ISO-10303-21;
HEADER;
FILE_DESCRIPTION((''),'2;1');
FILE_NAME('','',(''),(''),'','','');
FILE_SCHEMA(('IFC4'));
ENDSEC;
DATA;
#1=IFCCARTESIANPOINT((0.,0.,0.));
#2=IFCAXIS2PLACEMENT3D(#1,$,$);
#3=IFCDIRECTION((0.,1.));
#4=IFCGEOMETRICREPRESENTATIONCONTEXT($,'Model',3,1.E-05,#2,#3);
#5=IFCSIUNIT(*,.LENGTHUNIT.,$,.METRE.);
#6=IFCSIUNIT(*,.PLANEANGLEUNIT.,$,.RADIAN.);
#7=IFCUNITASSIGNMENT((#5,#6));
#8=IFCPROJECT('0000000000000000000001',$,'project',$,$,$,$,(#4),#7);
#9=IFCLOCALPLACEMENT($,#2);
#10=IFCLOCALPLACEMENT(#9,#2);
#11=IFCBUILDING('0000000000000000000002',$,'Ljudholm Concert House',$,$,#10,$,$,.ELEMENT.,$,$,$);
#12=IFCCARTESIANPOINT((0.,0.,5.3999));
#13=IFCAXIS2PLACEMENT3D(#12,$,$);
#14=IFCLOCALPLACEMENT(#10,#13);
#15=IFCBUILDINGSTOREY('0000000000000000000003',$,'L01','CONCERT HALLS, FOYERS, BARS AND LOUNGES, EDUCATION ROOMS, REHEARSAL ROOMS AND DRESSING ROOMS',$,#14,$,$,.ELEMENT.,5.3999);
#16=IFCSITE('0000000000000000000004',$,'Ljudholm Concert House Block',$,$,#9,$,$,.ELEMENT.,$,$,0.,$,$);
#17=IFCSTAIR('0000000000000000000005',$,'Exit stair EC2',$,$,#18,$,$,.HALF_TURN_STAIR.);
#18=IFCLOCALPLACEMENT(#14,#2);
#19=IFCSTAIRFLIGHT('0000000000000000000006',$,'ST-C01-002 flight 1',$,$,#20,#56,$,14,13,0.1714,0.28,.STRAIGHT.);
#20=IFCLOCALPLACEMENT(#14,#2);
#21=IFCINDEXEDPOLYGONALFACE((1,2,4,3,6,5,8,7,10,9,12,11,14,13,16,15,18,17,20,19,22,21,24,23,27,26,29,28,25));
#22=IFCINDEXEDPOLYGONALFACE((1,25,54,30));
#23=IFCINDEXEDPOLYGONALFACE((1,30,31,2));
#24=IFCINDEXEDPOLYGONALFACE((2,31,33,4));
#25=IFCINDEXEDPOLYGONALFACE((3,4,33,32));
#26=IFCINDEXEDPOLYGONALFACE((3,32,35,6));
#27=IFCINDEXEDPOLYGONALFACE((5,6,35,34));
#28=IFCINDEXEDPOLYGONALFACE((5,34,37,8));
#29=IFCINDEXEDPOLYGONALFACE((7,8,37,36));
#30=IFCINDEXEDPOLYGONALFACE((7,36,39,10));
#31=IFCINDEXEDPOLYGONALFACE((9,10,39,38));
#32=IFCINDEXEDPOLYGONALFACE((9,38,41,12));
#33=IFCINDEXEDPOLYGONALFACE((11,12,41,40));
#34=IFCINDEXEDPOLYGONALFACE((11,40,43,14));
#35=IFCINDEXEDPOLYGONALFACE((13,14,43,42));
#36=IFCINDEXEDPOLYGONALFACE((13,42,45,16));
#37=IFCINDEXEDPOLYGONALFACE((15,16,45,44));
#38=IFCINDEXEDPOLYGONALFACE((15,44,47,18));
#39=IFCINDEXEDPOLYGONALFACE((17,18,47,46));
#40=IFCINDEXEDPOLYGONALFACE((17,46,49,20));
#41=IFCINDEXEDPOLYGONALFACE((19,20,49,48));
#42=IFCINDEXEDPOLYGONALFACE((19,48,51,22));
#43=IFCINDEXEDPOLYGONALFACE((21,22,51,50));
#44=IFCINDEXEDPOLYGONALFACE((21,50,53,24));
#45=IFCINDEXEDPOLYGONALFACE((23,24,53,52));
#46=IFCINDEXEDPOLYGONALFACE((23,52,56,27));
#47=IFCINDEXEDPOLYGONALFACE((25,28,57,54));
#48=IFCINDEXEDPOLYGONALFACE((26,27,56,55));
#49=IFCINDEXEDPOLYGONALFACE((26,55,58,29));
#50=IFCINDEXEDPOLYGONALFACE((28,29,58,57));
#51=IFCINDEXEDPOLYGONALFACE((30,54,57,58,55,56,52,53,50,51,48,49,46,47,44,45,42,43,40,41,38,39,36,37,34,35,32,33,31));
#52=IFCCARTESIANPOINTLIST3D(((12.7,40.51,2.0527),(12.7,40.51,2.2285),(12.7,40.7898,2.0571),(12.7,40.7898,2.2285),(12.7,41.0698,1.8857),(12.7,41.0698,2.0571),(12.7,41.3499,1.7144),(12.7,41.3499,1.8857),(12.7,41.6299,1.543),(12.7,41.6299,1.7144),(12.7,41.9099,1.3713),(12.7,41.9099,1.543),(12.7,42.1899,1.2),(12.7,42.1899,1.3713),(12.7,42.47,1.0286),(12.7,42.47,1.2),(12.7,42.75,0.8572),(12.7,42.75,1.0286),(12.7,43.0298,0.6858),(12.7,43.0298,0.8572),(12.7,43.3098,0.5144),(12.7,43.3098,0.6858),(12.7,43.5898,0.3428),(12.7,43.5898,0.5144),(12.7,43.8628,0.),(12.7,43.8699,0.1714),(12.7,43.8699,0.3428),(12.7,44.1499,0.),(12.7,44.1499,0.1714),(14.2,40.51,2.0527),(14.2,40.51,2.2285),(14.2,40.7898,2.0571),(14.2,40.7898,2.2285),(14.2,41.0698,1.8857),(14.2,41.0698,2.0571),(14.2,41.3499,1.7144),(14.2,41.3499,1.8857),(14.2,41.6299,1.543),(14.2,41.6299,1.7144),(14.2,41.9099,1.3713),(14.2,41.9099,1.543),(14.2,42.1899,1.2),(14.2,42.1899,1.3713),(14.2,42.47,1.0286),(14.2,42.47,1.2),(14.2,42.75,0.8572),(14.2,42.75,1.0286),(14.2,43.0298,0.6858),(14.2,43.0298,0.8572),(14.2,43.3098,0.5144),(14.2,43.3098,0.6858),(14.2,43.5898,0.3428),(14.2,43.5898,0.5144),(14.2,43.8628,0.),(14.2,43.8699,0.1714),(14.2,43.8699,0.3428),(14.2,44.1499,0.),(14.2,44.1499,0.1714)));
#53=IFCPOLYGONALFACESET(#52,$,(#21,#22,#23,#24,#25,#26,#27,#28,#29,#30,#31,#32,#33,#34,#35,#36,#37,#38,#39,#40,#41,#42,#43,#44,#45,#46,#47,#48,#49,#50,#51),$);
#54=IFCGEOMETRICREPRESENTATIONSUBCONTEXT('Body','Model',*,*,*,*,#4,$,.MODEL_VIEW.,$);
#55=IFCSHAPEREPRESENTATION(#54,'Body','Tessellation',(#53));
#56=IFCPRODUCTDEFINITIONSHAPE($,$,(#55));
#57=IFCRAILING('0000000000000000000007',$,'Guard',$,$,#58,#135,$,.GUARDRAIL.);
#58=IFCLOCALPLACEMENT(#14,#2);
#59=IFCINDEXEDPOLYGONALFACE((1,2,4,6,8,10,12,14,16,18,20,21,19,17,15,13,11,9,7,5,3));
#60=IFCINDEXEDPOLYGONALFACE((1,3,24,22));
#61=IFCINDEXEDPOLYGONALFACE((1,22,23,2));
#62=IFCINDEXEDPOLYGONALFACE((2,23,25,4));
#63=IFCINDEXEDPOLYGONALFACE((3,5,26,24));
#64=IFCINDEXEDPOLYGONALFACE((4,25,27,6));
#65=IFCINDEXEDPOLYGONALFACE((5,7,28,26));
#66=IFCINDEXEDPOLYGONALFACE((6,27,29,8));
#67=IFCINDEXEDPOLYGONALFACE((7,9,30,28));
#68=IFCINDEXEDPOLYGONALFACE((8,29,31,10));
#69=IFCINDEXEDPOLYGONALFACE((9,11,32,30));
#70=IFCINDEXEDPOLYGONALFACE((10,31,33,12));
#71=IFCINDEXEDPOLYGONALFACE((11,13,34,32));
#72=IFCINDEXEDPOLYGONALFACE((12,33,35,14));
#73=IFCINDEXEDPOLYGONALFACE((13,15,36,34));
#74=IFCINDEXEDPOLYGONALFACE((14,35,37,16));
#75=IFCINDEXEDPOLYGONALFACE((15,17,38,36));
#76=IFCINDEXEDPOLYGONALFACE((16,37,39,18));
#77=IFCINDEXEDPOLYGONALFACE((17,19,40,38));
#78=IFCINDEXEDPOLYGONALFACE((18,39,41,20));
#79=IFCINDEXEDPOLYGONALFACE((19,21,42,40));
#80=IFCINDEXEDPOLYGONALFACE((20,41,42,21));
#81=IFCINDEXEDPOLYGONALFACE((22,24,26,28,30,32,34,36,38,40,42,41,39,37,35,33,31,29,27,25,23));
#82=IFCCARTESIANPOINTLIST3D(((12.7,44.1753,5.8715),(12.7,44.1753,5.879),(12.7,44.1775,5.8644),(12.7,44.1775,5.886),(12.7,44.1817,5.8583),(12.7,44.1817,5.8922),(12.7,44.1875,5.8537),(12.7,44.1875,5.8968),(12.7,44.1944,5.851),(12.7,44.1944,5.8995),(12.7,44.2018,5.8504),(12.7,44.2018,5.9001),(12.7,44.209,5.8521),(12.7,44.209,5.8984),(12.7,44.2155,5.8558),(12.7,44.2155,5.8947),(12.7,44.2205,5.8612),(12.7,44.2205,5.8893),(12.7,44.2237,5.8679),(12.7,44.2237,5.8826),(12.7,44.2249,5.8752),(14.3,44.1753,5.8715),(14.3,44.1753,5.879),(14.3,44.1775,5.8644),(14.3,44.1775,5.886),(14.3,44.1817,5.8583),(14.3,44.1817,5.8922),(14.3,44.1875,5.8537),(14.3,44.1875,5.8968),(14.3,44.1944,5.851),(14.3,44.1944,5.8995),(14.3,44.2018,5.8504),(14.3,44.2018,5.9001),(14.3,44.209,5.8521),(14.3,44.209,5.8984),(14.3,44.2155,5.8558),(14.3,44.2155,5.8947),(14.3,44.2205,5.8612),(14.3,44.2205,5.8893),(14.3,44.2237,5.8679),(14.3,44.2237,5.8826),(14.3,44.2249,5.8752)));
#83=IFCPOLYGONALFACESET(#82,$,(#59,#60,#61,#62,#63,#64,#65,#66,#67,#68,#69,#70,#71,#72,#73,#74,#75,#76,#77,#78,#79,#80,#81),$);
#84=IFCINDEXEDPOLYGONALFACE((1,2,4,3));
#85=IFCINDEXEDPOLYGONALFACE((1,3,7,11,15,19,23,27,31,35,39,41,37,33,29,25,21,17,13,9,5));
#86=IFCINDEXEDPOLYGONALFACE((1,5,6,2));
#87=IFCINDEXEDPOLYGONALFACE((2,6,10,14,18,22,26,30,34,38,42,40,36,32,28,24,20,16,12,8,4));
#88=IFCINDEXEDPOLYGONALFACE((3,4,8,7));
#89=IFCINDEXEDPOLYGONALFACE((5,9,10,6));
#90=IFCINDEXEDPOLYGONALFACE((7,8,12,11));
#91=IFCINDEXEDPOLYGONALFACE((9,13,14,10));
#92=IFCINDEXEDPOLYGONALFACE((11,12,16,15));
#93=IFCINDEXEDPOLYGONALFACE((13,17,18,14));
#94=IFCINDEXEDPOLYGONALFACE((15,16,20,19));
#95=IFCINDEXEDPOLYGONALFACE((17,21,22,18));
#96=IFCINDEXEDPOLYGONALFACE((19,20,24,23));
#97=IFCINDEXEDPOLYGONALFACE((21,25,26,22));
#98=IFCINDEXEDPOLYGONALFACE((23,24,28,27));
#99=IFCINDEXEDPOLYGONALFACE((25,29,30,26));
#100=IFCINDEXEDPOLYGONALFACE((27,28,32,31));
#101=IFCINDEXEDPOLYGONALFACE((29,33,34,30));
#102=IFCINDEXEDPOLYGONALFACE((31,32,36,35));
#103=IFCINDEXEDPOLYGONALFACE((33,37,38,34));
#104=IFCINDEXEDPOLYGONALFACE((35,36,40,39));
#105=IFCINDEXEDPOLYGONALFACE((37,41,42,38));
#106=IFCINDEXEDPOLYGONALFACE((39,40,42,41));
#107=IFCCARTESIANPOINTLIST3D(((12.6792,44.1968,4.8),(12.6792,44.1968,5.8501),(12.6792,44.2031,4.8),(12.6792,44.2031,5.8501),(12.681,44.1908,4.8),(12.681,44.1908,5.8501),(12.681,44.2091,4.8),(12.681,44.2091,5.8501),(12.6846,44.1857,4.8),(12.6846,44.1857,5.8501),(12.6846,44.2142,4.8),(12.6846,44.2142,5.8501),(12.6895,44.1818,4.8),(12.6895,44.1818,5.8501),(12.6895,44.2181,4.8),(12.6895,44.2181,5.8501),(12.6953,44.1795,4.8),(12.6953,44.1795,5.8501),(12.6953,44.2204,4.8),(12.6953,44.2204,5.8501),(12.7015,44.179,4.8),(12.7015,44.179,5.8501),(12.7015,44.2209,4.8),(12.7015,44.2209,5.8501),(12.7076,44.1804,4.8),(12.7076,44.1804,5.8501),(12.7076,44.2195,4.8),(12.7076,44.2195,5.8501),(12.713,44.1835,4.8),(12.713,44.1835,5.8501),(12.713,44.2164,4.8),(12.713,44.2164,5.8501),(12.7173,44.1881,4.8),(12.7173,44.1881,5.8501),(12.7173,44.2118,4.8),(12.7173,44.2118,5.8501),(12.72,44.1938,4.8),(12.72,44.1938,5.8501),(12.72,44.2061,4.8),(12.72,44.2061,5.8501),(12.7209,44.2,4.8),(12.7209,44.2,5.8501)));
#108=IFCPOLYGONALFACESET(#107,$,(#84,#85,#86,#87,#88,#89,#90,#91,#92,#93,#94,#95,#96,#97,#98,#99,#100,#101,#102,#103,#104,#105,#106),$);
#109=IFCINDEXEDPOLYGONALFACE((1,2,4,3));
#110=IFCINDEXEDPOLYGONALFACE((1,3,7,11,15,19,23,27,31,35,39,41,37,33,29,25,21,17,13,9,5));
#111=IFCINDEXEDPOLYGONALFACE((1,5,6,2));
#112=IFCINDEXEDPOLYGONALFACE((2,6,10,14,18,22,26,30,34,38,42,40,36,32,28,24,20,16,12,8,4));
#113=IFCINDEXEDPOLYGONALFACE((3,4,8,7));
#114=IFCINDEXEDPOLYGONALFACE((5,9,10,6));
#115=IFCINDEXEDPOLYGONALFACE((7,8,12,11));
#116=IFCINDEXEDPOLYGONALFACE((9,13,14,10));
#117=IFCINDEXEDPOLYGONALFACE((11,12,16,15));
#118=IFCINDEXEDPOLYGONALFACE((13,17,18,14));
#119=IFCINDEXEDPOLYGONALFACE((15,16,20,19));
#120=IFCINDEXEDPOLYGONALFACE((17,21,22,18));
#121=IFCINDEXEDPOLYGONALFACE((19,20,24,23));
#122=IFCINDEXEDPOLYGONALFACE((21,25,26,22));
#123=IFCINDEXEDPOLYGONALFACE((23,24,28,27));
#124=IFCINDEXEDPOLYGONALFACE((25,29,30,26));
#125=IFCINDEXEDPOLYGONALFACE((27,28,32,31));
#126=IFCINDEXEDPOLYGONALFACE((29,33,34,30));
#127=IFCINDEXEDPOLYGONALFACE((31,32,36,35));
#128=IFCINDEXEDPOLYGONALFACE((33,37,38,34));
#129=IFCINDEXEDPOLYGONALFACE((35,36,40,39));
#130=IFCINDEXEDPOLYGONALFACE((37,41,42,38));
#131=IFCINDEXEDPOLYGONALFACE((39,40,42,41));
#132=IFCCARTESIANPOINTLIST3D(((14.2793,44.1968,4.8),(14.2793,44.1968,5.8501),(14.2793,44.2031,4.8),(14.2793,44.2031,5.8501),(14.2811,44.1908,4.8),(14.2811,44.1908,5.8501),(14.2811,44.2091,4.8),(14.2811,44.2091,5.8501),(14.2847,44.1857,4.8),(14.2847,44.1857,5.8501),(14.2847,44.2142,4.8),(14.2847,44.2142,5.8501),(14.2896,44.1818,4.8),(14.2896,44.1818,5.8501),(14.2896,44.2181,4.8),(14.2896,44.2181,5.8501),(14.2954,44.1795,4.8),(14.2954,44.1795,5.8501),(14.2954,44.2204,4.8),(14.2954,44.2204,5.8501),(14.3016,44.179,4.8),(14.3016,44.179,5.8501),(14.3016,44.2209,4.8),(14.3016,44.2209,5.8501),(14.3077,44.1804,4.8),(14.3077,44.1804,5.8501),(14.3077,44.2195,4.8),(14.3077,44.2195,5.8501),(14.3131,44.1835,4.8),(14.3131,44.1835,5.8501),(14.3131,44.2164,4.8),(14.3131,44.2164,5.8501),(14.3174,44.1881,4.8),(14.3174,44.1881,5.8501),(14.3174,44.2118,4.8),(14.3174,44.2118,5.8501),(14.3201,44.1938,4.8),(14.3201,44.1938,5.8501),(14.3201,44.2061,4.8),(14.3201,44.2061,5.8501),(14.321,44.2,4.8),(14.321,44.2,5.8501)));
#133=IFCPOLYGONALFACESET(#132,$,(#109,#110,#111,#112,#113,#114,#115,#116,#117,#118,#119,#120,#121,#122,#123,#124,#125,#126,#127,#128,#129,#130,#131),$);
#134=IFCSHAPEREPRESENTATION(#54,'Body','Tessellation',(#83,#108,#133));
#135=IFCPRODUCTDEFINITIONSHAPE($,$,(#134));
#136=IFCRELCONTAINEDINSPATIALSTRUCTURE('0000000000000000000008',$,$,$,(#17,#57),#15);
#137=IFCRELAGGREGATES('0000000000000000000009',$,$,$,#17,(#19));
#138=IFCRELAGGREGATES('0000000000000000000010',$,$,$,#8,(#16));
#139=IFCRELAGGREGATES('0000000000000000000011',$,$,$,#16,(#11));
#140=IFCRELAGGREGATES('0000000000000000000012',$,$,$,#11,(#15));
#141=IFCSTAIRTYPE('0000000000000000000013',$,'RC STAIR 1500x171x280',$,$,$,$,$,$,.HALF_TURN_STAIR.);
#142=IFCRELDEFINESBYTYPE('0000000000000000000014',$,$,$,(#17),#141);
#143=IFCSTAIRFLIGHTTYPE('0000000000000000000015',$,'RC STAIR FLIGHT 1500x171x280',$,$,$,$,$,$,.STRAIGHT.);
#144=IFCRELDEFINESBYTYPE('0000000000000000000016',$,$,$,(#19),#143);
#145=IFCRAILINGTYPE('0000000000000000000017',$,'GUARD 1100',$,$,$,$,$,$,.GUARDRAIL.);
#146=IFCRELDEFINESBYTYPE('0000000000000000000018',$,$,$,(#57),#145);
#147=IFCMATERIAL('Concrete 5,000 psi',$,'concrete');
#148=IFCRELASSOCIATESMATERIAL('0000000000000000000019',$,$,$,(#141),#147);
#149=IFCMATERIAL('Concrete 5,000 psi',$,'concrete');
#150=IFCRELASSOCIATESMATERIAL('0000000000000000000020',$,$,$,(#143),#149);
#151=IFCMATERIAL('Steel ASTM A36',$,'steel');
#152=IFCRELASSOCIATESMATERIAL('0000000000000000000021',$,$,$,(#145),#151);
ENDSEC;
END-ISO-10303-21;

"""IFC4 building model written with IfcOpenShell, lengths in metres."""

from ifc_helpers import new_model, si_unit, direction, frame, origin, origin_2d, place, context, subcontext, project, spatial, polyline, circle, outline, extrude, material, type_object, element, aggregate, save


model = new_model("IFC4")

# Units and contexts
model_context = context("Model", 3, precision=1e-05, world=origin(), true_north=direction((0.0, 1.0)))
body_context = subcontext(model_context, "Body", "Model", "MODEL_VIEW")
ifc_project = project(units=[si_unit("LENGTHUNIT", "METRE"), si_unit("PLANEANGLEUNIT", "RADIAN")], contexts=[model_context])

# Site, building, storey
site_placement = place(None, origin())
site = spatial("IfcSite", under=ifc_project, at=site_placement, Name="Ljudholm Concert House Block", CompositionType="ELEMENT", RefElevation=0.0)
building_placement = place(site_placement, origin())
building = spatial("IfcBuilding", under=site, at=building_placement, Name="Ljudholm Concert House", CompositionType="ELEMENT")
storey_placement = place(building_placement, frame((0.0, 0.0, 5.3999)))
storey = spatial("IfcBuildingStorey", under=building, at=storey_placement, Name="L01", Description="CONCERT HALLS, FOYERS, BARS AND LOUNGES, EDUCATION ROOMS, REHEARSAL ROOMS AND DRESSING ROOMS", CompositionType="ELEMENT", Elevation=5.3999)

# Stair, stair flight
ifc_material_1 = material(Name="Concrete 5,000 psi", Category="concrete")
stair_type = type_object("IfcStairType", Name="RC STAIR 1500x171x280", PredefinedType="HALF_TURN_STAIR", material=ifc_material_1)
stair_placement = place(storey_placement, origin())
stair = element("IfcStair", 1, at=stair_placement, inside=storey, type_object=stair_type, Name="Exit stair EC2", PredefinedType="HALF_TURN_STAIR")
ifc_material_2 = material(Name="Concrete 5,000 psi", Category="concrete")
stair_flight_type = type_object("IfcStairFlightType", Name="RC STAIR FLIGHT 1500x171x280", PredefinedType="STRAIGHT", material=ifc_material_2)
stair_flight_placement = place(storey_placement, frame((13.45, 44.1499, 0.0), z_axis=(0.0, 0.0, 1.0), x_axis=(0.0, -1.0, 0.0)))
stair_flight = element("IfcStairFlight", 2, at=stair_flight_placement, type_object=stair_flight_type, Name="ST-C01-002 flight 1", NumberOfRisers=14, NumberOfTreads=13, PredefinedType="STRAIGHT", RiserHeight=0.1714, TreadLength=0.28, context=body_context, shape_type="SweptSolid", body=[
    extrude(outline(polyline([(0.0, 0.0), (0.0, 0.1714), (0.28, 0.1714), (0.28, 0.3428), (0.5601, 0.3428), (0.5601, 0.5144), (0.8401, 0.5144), (0.8401, 0.6858), (1.1201, 0.6858), (1.1201, 0.8572), (1.3999, 0.8572), (1.3999, 1.0286), (1.6799, 1.0286), (1.6799, 1.2), (1.96, 1.2), (1.96, 1.3713), (2.24, 1.3713), (2.24, 1.543), (2.52, 1.543), (2.52, 1.7144), (2.8, 1.7144), (2.8, 1.8857), (3.0801, 1.8857), (3.0801, 2.0571), (3.3601, 2.0571), (3.3601, 2.2285), (3.6399, 2.2285), (3.6399, 2.3999), (3.6399, 2.0527), (0.2871, 0.0), (0.0, 0.0)])), frame((0.0, 0.75, 0.0), z_axis=(0.0, -1.0, 0.0), x_axis=(1.0, 0.0, 0.0)), (0.0, 0.0, 1.0), 1.5),
])
aggregate(stair, [stair_flight])

# Railing
ifc_material_3 = material(Name="Steel ASTM A36", Category="steel")
railing_type_1 = type_object("IfcRailingType", Name="GUARD 1100", PredefinedType="GUARDRAIL", material=ifc_material_3)
railing_1_placement = place(storey_placement, frame((12.7, 44.2, 4.8)))
element("IfcRailing", 3, at=railing_1_placement, inside=storey, type_object=railing_type_1, Name="Guard", PredefinedType="GUARDRAIL", context=body_context, shape_type="SweptSolid", body=[
    extrude(circle(Radius=0.0249, at=origin_2d()), frame((0.0, 0.0, 1.0752), z_axis=(1.0, 0.0, 0.0), x_axis=(0.0, 1.0, 0.0)), (0.0, 0.0, 1.0), 1.6001),
    extrude(circle(Radius=0.021, at=origin_2d()), origin(), (0.0, 0.0, 1.0), 1.05),
    extrude(circle(Radius=0.021, at=origin_2d()), frame((1.6001, 0.0, 0.0)), (0.0, 0.0, 1.0), 1.05),
])

save(model, "model.ifc")
